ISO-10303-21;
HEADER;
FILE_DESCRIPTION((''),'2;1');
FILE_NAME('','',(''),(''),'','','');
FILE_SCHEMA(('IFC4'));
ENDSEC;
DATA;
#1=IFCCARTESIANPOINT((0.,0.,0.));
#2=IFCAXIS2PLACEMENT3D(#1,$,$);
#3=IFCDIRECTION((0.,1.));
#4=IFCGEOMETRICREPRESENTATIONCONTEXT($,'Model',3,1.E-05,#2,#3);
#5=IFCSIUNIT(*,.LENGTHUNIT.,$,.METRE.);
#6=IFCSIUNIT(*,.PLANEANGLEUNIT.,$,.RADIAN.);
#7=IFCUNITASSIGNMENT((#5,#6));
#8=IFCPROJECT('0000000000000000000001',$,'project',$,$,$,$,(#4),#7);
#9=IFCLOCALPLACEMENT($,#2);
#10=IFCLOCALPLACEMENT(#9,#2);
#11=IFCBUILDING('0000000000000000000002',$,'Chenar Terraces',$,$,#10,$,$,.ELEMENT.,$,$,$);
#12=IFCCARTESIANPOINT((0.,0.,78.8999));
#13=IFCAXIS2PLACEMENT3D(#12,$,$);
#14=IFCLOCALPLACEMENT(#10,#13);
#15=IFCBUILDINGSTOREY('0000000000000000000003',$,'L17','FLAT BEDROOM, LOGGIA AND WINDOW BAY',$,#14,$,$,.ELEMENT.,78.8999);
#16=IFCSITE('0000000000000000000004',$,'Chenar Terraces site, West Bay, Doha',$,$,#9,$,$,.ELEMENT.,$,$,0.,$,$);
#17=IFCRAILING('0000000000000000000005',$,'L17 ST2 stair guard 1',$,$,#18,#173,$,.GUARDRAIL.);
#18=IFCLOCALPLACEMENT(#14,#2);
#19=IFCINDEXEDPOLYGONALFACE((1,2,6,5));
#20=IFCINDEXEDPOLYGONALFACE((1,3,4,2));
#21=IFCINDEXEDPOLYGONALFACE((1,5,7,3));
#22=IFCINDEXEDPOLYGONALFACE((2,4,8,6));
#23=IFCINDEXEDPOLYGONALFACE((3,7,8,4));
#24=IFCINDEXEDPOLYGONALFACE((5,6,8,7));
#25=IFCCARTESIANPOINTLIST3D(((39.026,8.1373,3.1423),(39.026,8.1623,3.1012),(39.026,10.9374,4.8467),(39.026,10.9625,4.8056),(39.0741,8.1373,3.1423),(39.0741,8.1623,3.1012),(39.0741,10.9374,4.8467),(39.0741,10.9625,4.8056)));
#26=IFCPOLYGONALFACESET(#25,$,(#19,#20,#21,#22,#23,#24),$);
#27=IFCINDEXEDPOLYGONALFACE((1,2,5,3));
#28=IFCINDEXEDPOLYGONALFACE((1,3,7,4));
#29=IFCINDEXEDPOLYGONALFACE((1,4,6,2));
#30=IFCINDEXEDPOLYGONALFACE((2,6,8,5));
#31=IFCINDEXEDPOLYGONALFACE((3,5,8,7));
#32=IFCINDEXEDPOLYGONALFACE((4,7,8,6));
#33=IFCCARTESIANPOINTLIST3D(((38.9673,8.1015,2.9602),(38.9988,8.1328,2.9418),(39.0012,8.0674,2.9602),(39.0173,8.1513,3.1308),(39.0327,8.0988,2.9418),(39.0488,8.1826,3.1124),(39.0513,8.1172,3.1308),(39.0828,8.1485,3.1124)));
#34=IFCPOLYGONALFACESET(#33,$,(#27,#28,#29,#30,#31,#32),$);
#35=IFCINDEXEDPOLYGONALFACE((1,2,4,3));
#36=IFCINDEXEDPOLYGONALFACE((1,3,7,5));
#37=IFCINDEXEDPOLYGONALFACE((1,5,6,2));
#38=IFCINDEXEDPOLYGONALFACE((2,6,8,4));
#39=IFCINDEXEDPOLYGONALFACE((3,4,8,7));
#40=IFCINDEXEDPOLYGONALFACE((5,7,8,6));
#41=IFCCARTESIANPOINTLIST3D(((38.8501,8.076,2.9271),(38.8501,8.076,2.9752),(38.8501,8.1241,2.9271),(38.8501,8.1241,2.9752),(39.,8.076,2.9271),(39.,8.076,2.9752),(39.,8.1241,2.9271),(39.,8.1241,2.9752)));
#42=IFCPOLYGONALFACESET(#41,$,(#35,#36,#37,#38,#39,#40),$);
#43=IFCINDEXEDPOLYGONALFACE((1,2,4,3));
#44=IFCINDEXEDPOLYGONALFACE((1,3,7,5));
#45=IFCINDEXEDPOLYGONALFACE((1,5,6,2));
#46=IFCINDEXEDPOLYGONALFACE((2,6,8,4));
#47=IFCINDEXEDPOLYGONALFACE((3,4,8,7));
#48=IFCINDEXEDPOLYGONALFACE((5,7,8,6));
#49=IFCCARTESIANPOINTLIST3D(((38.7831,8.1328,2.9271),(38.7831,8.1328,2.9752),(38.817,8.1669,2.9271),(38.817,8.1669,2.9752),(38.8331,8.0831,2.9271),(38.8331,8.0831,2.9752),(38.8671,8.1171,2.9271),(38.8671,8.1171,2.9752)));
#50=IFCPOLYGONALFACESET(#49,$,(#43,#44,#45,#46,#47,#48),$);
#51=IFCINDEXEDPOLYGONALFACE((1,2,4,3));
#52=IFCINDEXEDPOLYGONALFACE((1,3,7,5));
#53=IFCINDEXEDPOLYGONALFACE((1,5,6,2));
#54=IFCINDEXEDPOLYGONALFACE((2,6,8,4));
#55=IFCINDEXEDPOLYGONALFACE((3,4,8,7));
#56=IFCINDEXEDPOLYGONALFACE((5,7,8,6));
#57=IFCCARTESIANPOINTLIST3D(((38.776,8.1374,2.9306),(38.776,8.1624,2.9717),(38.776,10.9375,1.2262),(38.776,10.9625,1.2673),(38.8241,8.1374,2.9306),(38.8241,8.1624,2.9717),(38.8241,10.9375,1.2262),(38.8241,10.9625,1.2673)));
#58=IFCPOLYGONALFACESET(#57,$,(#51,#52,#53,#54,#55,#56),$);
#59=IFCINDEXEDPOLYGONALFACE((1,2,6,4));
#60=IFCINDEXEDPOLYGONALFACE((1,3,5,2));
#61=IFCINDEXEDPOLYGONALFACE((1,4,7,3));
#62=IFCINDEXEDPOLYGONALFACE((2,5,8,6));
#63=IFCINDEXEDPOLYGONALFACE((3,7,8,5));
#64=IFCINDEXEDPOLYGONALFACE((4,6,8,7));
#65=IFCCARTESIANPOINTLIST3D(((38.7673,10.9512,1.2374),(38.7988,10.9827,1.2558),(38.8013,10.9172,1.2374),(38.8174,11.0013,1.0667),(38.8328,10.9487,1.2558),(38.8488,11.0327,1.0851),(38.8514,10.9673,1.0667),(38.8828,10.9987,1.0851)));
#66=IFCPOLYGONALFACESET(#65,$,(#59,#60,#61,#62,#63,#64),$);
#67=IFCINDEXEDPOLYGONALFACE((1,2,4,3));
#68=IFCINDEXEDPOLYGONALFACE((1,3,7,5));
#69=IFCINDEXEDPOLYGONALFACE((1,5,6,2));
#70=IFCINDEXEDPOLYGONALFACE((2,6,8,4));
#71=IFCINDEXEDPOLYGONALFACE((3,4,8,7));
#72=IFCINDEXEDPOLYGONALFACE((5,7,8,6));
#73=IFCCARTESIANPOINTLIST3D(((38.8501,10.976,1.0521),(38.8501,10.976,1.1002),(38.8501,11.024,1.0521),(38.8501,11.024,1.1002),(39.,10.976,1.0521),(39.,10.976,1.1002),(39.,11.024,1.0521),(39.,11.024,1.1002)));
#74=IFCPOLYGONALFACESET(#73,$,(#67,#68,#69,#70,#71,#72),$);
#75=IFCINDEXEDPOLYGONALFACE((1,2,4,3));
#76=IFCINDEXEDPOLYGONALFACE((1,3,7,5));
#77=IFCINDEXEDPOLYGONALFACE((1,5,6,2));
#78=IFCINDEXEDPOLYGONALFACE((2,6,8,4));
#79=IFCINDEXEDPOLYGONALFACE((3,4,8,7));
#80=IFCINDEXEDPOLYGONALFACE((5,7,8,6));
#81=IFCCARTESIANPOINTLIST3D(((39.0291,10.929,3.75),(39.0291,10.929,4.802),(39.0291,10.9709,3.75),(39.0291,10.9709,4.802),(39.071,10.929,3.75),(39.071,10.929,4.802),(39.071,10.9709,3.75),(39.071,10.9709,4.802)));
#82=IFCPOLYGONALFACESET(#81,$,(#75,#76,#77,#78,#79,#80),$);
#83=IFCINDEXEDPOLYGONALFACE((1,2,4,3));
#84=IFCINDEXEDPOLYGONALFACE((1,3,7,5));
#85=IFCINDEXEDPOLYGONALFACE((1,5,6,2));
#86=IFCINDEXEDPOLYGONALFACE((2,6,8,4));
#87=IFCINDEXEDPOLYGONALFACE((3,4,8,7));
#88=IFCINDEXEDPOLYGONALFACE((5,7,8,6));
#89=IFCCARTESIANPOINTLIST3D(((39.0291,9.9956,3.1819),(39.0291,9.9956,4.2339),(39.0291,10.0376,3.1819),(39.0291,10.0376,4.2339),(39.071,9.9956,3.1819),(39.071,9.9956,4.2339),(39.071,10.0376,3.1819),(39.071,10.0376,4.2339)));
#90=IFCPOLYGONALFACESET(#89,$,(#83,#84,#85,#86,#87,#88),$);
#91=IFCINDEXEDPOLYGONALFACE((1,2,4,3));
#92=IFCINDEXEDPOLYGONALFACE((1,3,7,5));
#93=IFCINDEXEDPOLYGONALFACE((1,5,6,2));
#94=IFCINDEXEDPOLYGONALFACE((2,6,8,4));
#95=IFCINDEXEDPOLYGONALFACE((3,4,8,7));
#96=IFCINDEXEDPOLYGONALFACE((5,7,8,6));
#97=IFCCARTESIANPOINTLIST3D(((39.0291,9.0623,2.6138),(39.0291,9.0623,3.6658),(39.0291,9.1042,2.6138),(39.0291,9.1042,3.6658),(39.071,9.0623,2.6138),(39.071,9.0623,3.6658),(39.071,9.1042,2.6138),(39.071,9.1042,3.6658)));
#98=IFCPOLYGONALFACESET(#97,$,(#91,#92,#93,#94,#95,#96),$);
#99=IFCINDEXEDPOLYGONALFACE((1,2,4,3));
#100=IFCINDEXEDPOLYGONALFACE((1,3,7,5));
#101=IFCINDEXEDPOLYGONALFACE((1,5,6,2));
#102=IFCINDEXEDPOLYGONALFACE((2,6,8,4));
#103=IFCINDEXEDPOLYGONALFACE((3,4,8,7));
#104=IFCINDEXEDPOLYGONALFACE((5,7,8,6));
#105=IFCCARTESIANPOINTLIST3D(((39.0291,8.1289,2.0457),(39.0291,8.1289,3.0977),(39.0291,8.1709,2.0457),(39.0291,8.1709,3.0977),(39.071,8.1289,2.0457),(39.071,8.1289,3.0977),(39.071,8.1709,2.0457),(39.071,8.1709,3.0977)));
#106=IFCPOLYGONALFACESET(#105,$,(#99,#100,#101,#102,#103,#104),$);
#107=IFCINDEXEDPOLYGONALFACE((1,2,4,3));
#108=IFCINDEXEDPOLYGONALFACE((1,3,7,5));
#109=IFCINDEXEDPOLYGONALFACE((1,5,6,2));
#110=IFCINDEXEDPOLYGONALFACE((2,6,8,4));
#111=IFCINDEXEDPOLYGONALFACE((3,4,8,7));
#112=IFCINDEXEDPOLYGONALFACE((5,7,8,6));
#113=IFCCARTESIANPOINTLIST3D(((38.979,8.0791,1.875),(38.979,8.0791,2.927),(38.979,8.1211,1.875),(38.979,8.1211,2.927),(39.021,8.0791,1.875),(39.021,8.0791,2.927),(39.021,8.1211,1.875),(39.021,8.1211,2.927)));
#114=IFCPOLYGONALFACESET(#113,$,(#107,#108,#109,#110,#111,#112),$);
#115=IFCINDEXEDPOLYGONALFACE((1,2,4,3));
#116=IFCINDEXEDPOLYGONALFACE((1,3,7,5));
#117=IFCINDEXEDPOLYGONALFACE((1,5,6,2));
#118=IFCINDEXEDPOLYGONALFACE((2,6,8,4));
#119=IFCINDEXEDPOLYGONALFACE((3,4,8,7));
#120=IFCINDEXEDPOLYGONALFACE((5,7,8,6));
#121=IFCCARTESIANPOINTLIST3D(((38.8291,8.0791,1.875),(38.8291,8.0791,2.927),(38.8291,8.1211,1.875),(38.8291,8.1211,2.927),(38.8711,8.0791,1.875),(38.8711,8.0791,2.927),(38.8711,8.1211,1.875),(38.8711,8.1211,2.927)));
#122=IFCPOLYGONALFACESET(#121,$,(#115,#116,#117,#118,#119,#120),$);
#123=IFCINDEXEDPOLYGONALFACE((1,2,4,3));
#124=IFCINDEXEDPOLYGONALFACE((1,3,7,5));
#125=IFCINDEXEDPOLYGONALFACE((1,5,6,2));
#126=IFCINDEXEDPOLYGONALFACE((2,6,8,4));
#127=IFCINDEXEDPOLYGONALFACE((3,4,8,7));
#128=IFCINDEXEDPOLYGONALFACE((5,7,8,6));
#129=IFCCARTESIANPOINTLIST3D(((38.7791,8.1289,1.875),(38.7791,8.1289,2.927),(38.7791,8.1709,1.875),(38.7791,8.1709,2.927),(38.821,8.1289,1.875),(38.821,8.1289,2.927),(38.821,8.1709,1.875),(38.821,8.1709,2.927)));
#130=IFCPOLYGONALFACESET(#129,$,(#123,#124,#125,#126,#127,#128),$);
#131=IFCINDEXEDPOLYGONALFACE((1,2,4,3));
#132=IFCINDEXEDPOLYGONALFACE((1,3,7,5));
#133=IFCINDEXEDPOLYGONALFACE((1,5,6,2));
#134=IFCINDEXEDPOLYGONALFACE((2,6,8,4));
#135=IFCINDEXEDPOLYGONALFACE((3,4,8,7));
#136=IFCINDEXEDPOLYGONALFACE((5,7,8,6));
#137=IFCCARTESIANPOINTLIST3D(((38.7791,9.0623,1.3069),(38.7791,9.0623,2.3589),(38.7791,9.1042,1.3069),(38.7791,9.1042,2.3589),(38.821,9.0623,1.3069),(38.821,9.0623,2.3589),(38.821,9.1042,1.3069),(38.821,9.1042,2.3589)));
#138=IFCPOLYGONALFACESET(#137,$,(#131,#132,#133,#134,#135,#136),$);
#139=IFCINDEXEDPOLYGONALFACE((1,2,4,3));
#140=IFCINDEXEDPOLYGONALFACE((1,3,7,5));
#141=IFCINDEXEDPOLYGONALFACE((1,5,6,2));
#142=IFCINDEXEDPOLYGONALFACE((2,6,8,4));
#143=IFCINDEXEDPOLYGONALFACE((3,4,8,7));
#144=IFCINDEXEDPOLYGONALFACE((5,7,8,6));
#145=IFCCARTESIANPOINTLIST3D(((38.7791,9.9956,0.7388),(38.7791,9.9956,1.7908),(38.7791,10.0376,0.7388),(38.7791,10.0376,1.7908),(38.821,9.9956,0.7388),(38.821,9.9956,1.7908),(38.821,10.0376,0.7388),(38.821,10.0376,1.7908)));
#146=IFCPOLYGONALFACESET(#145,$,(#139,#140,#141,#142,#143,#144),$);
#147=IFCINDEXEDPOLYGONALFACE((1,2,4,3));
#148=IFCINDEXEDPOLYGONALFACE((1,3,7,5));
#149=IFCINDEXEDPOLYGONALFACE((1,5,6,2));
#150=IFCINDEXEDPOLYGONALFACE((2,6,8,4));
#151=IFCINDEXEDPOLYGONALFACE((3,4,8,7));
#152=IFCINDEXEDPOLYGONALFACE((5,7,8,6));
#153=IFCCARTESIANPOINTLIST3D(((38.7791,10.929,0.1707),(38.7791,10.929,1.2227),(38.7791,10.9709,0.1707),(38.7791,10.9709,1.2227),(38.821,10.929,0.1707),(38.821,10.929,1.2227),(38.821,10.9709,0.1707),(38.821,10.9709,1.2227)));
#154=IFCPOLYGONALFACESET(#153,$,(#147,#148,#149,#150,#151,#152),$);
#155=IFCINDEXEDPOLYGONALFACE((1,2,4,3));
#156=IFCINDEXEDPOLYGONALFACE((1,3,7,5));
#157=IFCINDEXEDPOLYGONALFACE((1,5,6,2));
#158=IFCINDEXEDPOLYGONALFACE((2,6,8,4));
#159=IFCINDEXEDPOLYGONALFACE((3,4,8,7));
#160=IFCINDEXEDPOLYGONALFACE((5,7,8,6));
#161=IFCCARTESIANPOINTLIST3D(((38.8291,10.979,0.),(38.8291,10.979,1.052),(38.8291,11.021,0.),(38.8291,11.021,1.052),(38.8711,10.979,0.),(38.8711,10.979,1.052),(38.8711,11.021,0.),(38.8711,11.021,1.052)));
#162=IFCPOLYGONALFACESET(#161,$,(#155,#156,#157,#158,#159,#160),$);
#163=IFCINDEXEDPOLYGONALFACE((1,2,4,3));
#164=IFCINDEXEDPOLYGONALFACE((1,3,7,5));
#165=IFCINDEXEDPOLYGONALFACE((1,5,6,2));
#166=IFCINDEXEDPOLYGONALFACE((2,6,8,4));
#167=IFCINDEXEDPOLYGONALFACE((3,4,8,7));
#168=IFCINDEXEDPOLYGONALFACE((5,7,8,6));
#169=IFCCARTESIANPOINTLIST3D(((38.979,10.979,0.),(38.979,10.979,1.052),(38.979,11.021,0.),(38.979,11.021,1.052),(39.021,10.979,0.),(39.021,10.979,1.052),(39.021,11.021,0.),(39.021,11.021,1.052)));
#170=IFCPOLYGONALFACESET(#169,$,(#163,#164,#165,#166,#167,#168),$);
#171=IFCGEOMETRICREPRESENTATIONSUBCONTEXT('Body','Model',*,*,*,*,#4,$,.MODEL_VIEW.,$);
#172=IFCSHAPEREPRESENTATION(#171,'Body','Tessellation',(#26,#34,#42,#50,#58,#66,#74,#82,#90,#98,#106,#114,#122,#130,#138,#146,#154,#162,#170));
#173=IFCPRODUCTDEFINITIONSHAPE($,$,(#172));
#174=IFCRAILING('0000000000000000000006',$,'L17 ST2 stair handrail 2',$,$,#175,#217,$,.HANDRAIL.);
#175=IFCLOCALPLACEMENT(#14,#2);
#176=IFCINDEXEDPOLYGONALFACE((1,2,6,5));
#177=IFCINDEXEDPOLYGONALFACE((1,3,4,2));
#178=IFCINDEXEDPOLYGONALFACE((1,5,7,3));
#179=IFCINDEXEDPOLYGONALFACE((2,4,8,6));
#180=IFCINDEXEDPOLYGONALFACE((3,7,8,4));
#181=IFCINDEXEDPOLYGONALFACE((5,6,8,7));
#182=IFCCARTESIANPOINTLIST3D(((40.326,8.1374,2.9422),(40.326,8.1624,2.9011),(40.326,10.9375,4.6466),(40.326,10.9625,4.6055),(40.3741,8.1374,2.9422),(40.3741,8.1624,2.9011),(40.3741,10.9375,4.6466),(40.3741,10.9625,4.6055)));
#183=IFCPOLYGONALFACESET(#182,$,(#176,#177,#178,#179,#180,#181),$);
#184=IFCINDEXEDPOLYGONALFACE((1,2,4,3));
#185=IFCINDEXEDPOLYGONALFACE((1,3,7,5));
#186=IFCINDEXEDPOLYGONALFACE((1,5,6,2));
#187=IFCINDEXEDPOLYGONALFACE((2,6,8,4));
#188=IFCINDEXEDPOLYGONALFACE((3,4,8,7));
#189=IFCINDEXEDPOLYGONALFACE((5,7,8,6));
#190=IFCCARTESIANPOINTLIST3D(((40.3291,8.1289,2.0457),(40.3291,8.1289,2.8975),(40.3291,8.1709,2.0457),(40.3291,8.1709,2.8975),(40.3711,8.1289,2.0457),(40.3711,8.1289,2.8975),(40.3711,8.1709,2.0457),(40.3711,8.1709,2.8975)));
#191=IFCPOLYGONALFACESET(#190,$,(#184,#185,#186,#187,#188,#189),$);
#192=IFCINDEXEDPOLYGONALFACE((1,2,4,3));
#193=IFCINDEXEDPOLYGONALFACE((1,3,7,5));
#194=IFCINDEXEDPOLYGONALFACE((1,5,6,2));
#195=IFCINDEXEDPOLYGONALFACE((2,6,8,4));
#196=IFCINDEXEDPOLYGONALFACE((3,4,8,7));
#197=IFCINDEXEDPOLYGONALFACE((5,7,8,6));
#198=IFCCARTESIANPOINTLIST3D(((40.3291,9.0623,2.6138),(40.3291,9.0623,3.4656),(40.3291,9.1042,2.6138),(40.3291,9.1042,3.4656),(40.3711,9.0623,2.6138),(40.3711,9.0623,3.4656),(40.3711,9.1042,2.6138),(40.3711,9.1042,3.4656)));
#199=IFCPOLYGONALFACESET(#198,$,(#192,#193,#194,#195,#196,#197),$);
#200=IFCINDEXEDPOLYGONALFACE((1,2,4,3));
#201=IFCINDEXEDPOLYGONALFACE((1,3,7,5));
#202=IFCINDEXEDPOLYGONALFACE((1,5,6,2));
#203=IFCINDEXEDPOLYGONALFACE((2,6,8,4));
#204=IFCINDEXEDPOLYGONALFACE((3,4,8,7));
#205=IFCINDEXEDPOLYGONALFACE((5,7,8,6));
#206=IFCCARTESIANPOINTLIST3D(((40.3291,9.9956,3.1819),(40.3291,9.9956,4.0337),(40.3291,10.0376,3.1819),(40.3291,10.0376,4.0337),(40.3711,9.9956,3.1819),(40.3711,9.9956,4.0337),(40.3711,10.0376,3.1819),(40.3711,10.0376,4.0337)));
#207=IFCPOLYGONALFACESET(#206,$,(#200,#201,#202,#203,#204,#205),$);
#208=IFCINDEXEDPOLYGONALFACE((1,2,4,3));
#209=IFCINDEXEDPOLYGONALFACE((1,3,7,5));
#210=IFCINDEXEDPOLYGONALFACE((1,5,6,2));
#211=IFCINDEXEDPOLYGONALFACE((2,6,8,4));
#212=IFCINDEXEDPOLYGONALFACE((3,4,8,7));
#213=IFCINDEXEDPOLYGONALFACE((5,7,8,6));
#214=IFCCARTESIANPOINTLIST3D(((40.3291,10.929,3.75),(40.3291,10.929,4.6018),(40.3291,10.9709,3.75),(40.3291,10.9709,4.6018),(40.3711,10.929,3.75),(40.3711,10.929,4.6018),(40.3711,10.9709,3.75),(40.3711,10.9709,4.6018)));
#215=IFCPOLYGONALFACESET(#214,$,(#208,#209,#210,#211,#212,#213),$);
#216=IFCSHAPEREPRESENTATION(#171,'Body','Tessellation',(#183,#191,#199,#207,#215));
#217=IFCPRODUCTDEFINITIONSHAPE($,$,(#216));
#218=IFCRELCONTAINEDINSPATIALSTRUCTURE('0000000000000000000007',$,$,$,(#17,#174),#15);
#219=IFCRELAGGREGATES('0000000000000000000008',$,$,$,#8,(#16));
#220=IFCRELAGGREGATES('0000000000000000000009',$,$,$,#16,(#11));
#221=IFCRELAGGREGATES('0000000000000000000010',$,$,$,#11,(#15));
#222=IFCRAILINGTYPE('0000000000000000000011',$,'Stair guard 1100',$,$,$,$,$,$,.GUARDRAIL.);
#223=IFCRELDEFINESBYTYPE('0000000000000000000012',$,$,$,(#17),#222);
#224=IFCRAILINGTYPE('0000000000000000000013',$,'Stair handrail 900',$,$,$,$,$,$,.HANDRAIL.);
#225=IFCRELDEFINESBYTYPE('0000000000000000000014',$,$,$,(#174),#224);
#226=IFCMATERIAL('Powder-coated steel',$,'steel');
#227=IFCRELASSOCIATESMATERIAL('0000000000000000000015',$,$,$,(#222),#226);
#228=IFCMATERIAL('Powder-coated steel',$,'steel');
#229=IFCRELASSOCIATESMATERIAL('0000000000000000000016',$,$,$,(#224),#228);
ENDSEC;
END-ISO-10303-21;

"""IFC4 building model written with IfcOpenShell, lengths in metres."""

from ifc_helpers import new_model, si_unit, direction, frame, origin, origin_2d, place, context, subcontext, project, spatial, rectangle, extrude, material, type_object, element, save


model = new_model("IFC4")

# Units and contexts
model_context = context("Model", 3, precision=1e-05, world=origin(), true_north=direction((0.0, 1.0)))
body_context = subcontext(model_context, "Body", "Model", "MODEL_VIEW")
ifc_project = project(units=[si_unit("LENGTHUNIT", "METRE"), si_unit("PLANEANGLEUNIT", "RADIAN")], contexts=[model_context])

# Site, building, storey
site_placement = place(None, origin())
site = spatial("IfcSite", under=ifc_project, at=site_placement, Name="Chenar Terraces site, West Bay, Doha", CompositionType="ELEMENT", RefElevation=0.0)
building_placement = place(site_placement, origin())
building = spatial("IfcBuilding", under=site, at=building_placement, Name="Chenar Terraces", CompositionType="ELEMENT")
storey_placement = place(building_placement, frame((0.0, 0.0, 78.8999)))
storey = spatial("IfcBuildingStorey", under=building, at=storey_placement, Name="L17", Description="FLAT BEDROOM, LOGGIA AND WINDOW BAY", CompositionType="ELEMENT", Elevation=78.8999)

# Railings
ifc_material_1 = material(Name="Powder-coated steel", Category="steel")
railing_type_1 = type_object("IfcRailingType", Name="Stair guard 1100", PredefinedType="GUARDRAIL", material=ifc_material_1)
railing_1_placement = place(storey_placement, frame((39.05, 10.95, 3.75)))
element("IfcRailing", 1, at=railing_1_placement, inside=storey, type_object=railing_type_1, Name="L17 ST2 stair guard 1", PredefinedType="GUARDRAIL", context=body_context, shape_type="SweptSolid", body=[
    extrude(rectangle(XDim=0.0481, YDim=0.0481, at=origin_2d()), frame((0.0, 0.0, 1.0762), z_axis=(0.0, -0.854203, -0.51994), x_axis=(1.0, 0.0, 0.0)), (0.0, 0.0, 1.0), 3.2781),
    extrude(rectangle(XDim=0.0481, YDim=0.0481, at=origin_2d()), frame((0.0, -2.8, -0.6284), z_axis=(-0.270997, -0.269675, -0.924033), x_axis=(0.705376, -0.708834, 0.0)), (0.0, 0.0, 1.0), 0.1846),
    extrude(rectangle(XDim=0.0481, YDim=0.0481, at=origin_2d()), frame((-0.05, -2.8499, -0.7988), z_axis=(-1.0, 0.0, 0.0), x_axis=(0.0, -1.0, 0.0)), (0.0, 0.0, 1.0), 0.1499),
    extrude(rectangle(XDim=0.0481, YDim=0.0481, at=origin_2d()), frame((-0.2, -2.8499, -0.7988), z_axis=(-0.708834, 0.705376, 0.0), x_axis=(-0.705376, -0.708834, 0.0)), (0.0, 0.0, 1.0), 0.0706),
    extrude(rectangle(XDim=0.0481, YDim=0.0481, at=origin_2d()), frame((-0.25, -2.8, -0.7988), z_axis=(0.0, 0.854203, -0.51994), x_axis=(-1.0, 0.0, 0.0)), (0.0, 0.0, 1.0), 3.2781),
    extrude(rectangle(XDim=0.0481, YDim=0.0481, at=origin_2d()), frame((-0.25, 0.0, -2.5034), z_axis=(0.2709, 0.2709, -0.923703), x_axis=(-0.707107, 0.707107, 0.0)), (0.0, 0.0, 1.0), 0.1848),
    extrude(rectangle(XDim=0.0481, YDim=0.0481, at=origin_2d()), frame((-0.2, 0.05, -2.6738), z_axis=(1.0, 0.0, 0.0), x_axis=(0.0, 1.0, 0.0)), (0.0, 0.0, 1.0), 0.1499),
    extrude(rectangle(XDim=0.042, YDim=0.042, at=origin_2d()), origin(), (0.0, 0.0, 1.0), 1.052),
    extrude(rectangle(XDim=0.042, YDim=0.042, at=origin_2d()), frame((0.0, -0.9333, -0.5681)), (0.0, 0.0, 1.0), 1.052),
    extrude(rectangle(XDim=0.042, YDim=0.042, at=origin_2d()), frame((0.0, -1.8667, -1.1362)), (0.0, 0.0, 1.0), 1.052),
    extrude(rectangle(XDim=0.042, YDim=0.042, at=origin_2d()), frame((0.0, -2.8, -1.7043)), (0.0, 0.0, 1.0), 1.052),
    extrude(rectangle(XDim=0.042, YDim=0.042, at=origin_2d()), frame((-0.05, -2.8499, -1.875)), (0.0, 0.0, 1.0), 1.052),
    extrude(rectangle(XDim=0.042, YDim=0.042, at=origin_2d()), frame((-0.2, -2.8499, -1.875)), (0.0, 0.0, 1.0), 1.052),
    extrude(rectangle(XDim=0.042, YDim=0.042, at=origin_2d()), frame((-0.25, -2.8, -1.875)), (0.0, 0.0, 1.0), 1.052),
    extrude(rectangle(XDim=0.042, YDim=0.042, at=origin_2d()), frame((-0.25, -1.8667, -2.4431)), (0.0, 0.0, 1.0), 1.052),
    extrude(rectangle(XDim=0.042, YDim=0.042, at=origin_2d()), frame((-0.25, -0.9333, -3.0112)), (0.0, 0.0, 1.0), 1.052),
    extrude(rectangle(XDim=0.042, YDim=0.042, at=origin_2d()), frame((-0.25, 0.0, -3.5793)), (0.0, 0.0, 1.0), 1.052),
    extrude(rectangle(XDim=0.042, YDim=0.042, at=origin_2d()), frame((-0.2, 0.05, -3.75)), (0.0, 0.0, 1.0), 1.052),
    extrude(rectangle(XDim=0.042, YDim=0.042, at=origin_2d()), frame((-0.05, 0.05, -3.75)), (0.0, 0.0, 1.0), 1.052),
])
ifc_material_2 = material(Name="Powder-coated steel", Category="steel")
railing_type_2 = type_object("IfcRailingType", Name="Stair handrail 900", PredefinedType="HANDRAIL", material=ifc_material_2)
railing_2_placement = place(storey_placement, frame((40.3501, 8.1499, 2.0457)))
element("IfcRailing", 2, at=railing_2_placement, inside=storey, type_object=railing_type_2, Name="L17 ST2 stair handrail 2", PredefinedType="HANDRAIL", context=body_context, shape_type="SweptSolid", body=[
    extrude(rectangle(XDim=0.0481, YDim=0.0481, at=origin_2d()), frame((0.0, 0.0, 0.876), z_axis=(0.0, 0.854203, 0.51994), x_axis=(-1.0, 0.0, 0.0)), (0.0, 0.0, 1.0), 3.2781),
    extrude(rectangle(XDim=0.042, YDim=0.042, at=origin_2d()), origin(), (0.0, 0.0, 1.0), 0.8518),
    extrude(rectangle(XDim=0.042, YDim=0.042, at=origin_2d()), frame((0.0, 0.9333, 0.5681)), (0.0, 0.0, 1.0), 0.8518),
    extrude(rectangle(XDim=0.042, YDim=0.042, at=origin_2d()), frame((0.0, 1.8667, 1.1362)), (0.0, 0.0, 1.0), 0.8518),
    extrude(rectangle(XDim=0.042, YDim=0.042, at=origin_2d()), frame((0.0, 2.8, 1.7043)), (0.0, 0.0, 1.0), 0.8518),
])

save(model, "model.ifc")
